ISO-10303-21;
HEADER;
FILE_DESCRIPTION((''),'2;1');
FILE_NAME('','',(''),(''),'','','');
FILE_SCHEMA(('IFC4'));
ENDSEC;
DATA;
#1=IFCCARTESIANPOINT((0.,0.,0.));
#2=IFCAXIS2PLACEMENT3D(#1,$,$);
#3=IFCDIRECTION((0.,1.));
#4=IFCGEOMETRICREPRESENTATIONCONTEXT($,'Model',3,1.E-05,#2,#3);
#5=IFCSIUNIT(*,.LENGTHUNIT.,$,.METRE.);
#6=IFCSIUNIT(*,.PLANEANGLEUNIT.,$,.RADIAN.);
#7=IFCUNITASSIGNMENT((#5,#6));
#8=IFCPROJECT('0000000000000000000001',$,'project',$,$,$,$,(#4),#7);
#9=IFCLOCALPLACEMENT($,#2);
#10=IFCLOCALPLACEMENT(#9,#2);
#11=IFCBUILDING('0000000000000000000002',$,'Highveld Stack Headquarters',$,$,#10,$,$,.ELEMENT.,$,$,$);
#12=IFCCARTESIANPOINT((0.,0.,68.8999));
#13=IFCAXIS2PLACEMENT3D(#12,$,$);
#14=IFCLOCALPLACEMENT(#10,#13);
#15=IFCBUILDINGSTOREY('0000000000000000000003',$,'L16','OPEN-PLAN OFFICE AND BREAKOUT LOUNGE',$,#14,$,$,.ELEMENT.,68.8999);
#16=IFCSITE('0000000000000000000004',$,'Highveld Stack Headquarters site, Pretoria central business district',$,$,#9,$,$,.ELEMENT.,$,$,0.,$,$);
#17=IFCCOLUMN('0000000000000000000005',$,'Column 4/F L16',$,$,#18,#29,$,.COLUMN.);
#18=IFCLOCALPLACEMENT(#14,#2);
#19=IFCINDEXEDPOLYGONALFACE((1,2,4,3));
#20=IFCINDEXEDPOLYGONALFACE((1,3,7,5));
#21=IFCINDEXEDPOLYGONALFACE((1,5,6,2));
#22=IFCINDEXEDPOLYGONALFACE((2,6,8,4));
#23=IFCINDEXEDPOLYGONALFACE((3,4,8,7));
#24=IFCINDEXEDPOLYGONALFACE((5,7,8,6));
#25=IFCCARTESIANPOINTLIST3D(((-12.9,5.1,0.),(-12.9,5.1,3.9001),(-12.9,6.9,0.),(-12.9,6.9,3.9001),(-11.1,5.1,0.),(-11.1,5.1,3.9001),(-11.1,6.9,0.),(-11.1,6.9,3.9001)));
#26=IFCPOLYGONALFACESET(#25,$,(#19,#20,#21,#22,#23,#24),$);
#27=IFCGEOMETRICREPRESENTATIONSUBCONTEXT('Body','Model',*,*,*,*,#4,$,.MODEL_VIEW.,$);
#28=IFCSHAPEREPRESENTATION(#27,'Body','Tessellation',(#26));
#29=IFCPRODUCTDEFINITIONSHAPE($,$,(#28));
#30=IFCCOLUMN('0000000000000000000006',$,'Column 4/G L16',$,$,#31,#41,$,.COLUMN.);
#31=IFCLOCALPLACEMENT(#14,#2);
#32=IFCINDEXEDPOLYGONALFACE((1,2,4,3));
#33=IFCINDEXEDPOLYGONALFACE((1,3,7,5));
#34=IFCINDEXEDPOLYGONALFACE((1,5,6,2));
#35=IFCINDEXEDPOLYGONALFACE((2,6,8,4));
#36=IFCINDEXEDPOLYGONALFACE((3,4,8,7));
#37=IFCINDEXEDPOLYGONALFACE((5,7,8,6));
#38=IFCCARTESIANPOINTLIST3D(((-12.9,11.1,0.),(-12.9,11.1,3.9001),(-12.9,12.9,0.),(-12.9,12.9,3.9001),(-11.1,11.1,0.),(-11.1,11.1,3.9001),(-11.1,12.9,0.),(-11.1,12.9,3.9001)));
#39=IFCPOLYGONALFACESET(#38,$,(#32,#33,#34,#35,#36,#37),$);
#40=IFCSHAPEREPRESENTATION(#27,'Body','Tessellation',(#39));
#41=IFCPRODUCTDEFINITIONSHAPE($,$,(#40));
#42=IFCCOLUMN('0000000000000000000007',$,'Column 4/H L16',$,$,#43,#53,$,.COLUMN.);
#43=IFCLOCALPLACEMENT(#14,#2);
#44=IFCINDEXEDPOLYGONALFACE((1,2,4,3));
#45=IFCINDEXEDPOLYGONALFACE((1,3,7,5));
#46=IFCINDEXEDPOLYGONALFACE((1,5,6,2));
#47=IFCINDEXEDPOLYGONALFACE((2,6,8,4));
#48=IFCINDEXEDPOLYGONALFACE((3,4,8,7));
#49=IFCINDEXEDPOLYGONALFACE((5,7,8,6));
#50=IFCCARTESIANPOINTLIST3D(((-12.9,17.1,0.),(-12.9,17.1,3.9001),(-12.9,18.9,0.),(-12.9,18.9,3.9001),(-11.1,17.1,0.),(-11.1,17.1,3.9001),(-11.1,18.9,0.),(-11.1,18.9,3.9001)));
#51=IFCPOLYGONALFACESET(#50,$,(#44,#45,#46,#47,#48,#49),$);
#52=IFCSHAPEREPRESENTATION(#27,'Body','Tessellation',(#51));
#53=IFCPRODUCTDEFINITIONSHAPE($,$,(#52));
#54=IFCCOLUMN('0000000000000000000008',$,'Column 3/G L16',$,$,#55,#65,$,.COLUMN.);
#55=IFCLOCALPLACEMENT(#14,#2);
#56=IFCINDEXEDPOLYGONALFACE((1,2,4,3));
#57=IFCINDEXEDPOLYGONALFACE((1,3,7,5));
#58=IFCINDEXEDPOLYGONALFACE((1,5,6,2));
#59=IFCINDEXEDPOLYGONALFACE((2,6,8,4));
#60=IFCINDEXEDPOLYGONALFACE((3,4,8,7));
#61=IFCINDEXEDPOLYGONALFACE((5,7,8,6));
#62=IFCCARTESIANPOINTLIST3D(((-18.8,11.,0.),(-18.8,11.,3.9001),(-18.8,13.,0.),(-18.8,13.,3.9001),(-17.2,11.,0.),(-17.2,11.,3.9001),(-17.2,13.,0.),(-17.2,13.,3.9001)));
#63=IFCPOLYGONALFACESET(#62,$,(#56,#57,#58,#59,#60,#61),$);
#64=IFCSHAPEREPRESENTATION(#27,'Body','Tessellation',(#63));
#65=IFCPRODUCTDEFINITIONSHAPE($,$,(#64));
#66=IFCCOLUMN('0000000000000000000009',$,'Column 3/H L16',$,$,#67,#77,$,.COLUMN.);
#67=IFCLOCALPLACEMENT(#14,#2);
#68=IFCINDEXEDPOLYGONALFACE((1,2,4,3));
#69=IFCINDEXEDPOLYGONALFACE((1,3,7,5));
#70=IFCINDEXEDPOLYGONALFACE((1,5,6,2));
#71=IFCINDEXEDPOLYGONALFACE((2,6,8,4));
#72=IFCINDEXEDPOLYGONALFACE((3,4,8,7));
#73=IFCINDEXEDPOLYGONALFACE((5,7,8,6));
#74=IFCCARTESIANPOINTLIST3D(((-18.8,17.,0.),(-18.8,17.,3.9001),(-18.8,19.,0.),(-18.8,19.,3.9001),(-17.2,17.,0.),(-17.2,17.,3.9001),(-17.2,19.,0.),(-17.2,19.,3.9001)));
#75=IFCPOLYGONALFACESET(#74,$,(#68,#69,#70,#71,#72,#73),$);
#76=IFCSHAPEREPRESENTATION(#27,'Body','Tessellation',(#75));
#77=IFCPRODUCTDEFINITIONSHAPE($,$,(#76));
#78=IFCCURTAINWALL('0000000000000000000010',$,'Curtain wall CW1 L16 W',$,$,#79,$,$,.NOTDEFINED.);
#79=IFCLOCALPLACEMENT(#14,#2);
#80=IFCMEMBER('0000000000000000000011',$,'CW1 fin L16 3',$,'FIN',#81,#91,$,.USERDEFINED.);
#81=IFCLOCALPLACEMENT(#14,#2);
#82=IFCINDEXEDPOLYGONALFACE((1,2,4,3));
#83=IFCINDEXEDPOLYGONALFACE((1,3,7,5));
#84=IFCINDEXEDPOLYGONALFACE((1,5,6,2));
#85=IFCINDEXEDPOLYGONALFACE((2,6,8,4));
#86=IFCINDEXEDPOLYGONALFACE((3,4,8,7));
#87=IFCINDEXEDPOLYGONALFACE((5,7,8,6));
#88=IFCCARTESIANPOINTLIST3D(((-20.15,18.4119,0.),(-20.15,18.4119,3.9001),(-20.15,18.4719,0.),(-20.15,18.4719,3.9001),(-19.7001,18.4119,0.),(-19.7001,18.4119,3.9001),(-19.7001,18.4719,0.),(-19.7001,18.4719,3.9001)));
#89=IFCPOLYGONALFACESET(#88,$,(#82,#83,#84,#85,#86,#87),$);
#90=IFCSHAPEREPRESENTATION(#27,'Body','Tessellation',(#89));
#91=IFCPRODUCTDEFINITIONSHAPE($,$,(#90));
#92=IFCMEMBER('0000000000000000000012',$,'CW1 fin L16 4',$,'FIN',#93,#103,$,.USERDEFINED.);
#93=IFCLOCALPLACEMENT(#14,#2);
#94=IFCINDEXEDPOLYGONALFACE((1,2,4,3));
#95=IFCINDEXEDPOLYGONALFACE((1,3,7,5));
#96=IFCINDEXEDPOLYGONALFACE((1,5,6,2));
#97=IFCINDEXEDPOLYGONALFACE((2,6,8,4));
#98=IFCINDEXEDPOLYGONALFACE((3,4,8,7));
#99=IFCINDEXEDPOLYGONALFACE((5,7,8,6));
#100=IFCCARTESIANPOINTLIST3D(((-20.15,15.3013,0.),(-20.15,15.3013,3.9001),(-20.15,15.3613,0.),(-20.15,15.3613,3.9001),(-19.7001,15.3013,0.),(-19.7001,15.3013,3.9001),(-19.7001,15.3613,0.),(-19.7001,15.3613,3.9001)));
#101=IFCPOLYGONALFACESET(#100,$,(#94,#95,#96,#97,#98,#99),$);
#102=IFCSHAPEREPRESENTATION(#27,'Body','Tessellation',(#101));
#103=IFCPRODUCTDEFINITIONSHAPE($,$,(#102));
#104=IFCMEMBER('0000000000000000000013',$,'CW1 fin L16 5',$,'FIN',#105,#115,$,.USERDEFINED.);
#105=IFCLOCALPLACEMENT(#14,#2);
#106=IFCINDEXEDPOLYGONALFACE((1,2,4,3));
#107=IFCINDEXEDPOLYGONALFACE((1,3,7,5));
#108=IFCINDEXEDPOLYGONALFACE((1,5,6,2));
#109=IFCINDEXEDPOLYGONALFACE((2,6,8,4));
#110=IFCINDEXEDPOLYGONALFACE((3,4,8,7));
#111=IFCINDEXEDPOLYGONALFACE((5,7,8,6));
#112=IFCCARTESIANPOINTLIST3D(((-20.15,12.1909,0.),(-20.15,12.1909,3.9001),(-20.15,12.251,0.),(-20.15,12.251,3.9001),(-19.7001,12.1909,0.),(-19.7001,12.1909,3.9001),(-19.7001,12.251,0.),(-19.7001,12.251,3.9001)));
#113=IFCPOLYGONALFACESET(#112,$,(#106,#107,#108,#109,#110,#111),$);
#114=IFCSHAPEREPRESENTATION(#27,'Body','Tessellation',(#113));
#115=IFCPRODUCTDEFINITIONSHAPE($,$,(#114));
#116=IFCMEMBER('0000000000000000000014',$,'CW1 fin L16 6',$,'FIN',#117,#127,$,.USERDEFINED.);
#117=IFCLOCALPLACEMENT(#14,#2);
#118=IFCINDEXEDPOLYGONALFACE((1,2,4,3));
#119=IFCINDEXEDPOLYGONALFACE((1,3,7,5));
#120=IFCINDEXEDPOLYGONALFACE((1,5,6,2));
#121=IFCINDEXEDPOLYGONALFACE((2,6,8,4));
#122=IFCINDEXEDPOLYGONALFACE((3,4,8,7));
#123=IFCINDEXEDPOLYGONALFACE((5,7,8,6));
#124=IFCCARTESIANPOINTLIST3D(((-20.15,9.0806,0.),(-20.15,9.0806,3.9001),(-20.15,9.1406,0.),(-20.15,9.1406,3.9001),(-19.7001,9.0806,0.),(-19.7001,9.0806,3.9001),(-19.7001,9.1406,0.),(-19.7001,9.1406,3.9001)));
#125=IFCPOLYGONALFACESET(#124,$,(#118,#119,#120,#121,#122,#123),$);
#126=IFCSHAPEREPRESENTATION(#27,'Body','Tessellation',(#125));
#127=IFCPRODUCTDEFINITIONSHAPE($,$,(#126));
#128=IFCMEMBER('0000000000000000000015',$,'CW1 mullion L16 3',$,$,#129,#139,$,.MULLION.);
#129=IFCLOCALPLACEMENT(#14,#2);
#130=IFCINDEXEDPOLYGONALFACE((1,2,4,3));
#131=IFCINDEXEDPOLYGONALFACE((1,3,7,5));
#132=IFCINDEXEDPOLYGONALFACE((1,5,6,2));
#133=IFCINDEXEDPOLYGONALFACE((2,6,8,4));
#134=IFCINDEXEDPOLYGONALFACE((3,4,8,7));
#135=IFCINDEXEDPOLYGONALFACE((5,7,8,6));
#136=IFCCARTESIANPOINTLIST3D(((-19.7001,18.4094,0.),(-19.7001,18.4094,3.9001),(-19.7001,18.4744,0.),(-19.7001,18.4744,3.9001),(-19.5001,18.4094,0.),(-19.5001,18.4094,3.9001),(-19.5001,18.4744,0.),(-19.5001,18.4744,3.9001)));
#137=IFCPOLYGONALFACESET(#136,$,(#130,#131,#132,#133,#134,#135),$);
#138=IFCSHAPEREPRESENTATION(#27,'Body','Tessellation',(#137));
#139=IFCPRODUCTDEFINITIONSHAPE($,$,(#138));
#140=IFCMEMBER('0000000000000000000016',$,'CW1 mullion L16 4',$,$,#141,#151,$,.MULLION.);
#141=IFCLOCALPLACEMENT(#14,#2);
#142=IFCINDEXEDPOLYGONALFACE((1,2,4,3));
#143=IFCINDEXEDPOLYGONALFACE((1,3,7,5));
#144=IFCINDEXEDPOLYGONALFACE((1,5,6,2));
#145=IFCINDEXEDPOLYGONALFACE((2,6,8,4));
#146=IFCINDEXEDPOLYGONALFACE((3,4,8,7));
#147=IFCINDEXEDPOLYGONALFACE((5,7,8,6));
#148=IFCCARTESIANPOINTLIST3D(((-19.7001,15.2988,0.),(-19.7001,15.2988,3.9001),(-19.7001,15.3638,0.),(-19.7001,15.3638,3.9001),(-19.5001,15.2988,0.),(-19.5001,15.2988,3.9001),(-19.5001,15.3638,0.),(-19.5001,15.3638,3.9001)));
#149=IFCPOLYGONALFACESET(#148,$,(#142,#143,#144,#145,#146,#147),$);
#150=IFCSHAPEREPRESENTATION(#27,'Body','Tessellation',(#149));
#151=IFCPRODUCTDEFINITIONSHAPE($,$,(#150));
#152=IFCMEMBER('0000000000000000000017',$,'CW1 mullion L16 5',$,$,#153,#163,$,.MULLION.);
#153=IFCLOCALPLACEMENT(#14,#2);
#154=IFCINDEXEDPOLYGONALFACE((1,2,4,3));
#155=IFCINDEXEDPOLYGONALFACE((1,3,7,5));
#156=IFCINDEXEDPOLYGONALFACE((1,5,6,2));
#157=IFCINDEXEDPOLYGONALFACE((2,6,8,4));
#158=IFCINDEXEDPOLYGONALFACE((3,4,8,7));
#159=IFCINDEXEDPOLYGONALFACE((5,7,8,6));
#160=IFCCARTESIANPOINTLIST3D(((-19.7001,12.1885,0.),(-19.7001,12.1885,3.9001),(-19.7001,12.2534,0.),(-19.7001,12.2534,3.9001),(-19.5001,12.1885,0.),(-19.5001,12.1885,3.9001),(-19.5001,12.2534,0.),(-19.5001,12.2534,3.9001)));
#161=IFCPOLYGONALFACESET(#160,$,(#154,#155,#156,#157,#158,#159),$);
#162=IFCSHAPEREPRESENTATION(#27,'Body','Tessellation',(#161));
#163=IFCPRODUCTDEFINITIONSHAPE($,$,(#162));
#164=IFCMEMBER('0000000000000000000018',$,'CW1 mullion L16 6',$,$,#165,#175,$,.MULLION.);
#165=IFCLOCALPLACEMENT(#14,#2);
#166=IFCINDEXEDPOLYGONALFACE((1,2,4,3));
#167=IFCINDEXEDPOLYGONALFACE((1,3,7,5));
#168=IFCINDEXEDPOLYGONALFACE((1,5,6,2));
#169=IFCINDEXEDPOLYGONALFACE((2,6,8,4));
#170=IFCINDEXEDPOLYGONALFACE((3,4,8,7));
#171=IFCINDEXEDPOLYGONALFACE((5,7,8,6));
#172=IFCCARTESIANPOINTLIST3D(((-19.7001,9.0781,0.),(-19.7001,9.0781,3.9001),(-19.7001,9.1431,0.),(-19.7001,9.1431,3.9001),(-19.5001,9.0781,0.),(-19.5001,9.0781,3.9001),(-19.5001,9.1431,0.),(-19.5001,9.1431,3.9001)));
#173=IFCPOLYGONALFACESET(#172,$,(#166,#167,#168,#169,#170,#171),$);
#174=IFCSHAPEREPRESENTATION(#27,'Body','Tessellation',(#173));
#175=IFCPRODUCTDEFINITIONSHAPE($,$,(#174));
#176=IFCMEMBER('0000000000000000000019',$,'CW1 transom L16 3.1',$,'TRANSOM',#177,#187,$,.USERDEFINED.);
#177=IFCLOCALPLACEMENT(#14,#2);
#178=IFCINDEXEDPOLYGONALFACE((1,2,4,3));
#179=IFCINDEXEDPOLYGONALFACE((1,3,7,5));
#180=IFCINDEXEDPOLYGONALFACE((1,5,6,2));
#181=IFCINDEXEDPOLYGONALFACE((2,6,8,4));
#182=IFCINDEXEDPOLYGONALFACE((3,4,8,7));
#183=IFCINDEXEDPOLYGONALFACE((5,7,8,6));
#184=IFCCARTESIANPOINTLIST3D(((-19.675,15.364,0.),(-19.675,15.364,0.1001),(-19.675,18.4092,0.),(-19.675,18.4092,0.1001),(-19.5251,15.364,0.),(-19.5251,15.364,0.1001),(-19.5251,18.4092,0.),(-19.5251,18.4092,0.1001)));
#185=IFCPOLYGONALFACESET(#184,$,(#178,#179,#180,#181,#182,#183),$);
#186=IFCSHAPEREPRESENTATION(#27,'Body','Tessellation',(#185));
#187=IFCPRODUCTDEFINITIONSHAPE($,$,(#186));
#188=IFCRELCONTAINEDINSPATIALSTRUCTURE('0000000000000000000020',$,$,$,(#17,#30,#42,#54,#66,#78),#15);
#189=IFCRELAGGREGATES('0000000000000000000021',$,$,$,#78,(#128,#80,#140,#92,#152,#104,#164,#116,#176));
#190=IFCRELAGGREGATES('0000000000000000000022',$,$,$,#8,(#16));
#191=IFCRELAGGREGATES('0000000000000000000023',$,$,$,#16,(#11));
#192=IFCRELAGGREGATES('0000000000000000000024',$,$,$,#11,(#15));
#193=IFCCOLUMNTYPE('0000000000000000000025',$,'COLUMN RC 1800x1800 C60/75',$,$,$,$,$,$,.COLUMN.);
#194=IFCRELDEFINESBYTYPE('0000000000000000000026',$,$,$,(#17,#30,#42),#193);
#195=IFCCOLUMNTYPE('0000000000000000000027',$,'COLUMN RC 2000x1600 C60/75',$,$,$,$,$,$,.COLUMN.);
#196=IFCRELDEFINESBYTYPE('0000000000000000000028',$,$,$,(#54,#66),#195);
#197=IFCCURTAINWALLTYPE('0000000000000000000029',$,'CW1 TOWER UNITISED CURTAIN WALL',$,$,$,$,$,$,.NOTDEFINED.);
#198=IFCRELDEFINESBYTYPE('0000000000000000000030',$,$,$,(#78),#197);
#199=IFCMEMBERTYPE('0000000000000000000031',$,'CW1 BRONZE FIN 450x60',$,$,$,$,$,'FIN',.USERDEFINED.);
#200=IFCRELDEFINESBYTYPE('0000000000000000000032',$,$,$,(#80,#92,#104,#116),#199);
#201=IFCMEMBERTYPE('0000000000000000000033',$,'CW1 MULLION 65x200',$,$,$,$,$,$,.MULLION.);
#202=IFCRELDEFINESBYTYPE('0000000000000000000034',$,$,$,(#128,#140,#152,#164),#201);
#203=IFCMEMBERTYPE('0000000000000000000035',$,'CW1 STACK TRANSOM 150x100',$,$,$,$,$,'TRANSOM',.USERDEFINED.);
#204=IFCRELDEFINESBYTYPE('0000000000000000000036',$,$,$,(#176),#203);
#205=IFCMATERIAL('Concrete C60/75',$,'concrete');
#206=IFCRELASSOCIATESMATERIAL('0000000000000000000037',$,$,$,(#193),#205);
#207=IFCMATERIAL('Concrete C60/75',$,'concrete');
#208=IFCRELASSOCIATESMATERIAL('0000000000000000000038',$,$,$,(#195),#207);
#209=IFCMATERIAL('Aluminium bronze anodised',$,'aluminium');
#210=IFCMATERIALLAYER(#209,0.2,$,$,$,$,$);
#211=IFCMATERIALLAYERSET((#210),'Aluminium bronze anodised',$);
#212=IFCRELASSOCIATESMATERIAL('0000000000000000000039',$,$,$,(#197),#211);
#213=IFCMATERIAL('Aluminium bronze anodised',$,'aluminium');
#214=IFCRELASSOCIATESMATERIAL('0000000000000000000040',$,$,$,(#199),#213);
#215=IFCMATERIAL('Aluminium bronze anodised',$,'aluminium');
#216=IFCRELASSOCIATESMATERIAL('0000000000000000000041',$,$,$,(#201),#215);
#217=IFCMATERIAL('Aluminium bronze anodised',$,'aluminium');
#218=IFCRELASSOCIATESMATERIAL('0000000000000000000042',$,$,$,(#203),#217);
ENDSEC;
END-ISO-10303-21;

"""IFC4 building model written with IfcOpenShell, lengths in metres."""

from ifc_helpers import new_model, si_unit, direction, frame, origin, origin_2d, place, context, subcontext, project, spatial, rectangle, extrude, material, layer, layer_set, material_profile, profile_set, type_object, element, aggregate, save


model = new_model("IFC4")

# Units and contexts
model_context = context("Model", 3, precision=1e-05, world=origin(), true_north=direction((0.0, 1.0)))
body_context = subcontext(model_context, "Body", "Model", "MODEL_VIEW")
ifc_project = project(units=[si_unit("LENGTHUNIT", "METRE"), si_unit("PLANEANGLEUNIT", "RADIAN")], contexts=[model_context])

# Site, building, storey
site_placement = place(None, origin())
site = spatial("IfcSite", under=ifc_project, at=site_placement, Name="Highveld Stack Headquarters site, Pretoria central business district", CompositionType="ELEMENT", RefElevation=0.0)
building_placement = place(site_placement, origin())
building = spatial("IfcBuilding", under=site, at=building_placement, Name="Highveld Stack Headquarters", CompositionType="ELEMENT")
storey_placement = place(building_placement, frame((0.0, 0.0, 68.8999)))
storey = spatial("IfcBuildingStorey", under=building, at=storey_placement, Name="L16", Description="OPEN-PLAN OFFICE AND BREAKOUT LOUNGE", CompositionType="ELEMENT", Elevation=68.8999)

# Columns
ifc_material_1 = material(Name="Concrete C60/75", Category="concrete")
ifc_material_profile_1 = material_profile(ifc_material_1, rectangle(XDim=1.8, YDim=1.8, at=origin_2d()), Name="RC 1800x1800")
ifc_profile_set_1 = profile_set([ifc_material_profile_1], Name="Concrete C60/75")
column_type_1 = type_object("IfcColumnType", Name="COLUMN RC 1800x1800 C60/75", PredefinedType="COLUMN", material=ifc_profile_set_1)
for number, where, z_axis, x_axis, name in (
    (1, (-12.0, 6.0, 0.0), (0.0, 0.0, 1.0), (1.0, 0.0, 0.0), "Column 4/F L16"),
    (2, (-12.0, 12.0, 0.0), (0.0, 0.0, 1.0), (1.0, 0.0, 0.0), "Column 4/G L16"),
    (3, (-12.0, 18.0, 0.0), (0.0, 0.0, 1.0), (1.0, 0.0, 0.0), "Column 4/H L16"),
):
    element("IfcColumn", number, at=place(storey_placement, frame(where, z_axis=z_axis, x_axis=x_axis)), inside=storey, type_object=column_type_1, Name=name, PredefinedType="COLUMN", context=body_context, shape_type="SweptSolid", body=[
        extrude(rectangle(XDim=1.8, YDim=1.8, at=origin_2d()), origin(), (0.0, 0.0, 1.0), 3.9001),
    ])
ifc_material_2 = material(Name="Concrete C60/75", Category="concrete")
ifc_material_profile_2 = material_profile(ifc_material_2, rectangle(XDim=2.0, YDim=1.6001, at=origin_2d()), Name="RC 2000x1600")
ifc_profile_set_2 = profile_set([ifc_material_profile_2], Name="Concrete C60/75")
column_type_2 = type_object("IfcColumnType", Name="COLUMN RC 2000x1600 C60/75", PredefinedType="COLUMN", material=ifc_profile_set_2)
for number, where, z_axis, x_axis, name in (
    (4, (-18.0, 12.0, 0.0), (0.0, 0.0, 1.0), (0.0, 1.0, 0.0), "Column 3/G L16"),
    (5, (-18.0, 18.0, 0.0), (0.0, 0.0, 1.0), (0.0, 1.0, 0.0), "Column 3/H L16"),
):
    element("IfcColumn", number, at=place(storey_placement, frame(where, z_axis=z_axis, x_axis=x_axis)), inside=storey, type_object=column_type_2, Name=name, PredefinedType="COLUMN", context=body_context, shape_type="SweptSolid", body=[
        extrude(rectangle(XDim=2.0, YDim=1.6001, at=origin_2d()), origin(), (0.0, 0.0, 1.0), 3.9001),
    ])

# Curtain wall, members
ifc_material_3 = material(Name="Aluminium bronze anodised", Category="aluminium")
ifc_layer_1 = layer(ifc_material_3, 0.2)
ifc_layer_set_1 = layer_set([ifc_layer_1], Name="Aluminium bronze anodised")
curtain_wall_type = type_object("IfcCurtainWallType", Name="CW1 TOWER UNITISED CURTAIN WALL", PredefinedType="NOTDEFINED", material=ifc_layer_set_1)
curtain_wall_placement = place(storey_placement, origin())
curtain_wall = element("IfcCurtainWall", 6, at=curtain_wall_placement, inside=storey, type_object=curtain_wall_type, Name="Curtain wall CW1 L16 W", PredefinedType="NOTDEFINED")
ifc_material_4 = material(Name="Aluminium bronze anodised", Category="aluminium")
ifc_material_profile_3 = material_profile(ifc_material_4, rectangle(XDim=0.45, YDim=0.0601, at=origin_2d()), Name="FIN 450x60")
ifc_profile_set_3 = profile_set([ifc_material_profile_3], Name="Aluminium bronze anodised")
member_type_1 = type_object("IfcMemberType", Name="CW1 BRONZE FIN 450x60", ElementType="FIN", PredefinedType="USERDEFINED", material=ifc_profile_set_3)
member_1_placement = place(storey_placement, frame((-19.925, 18.4419, 0.0), z_axis=(0.0, 0.0, 1.0), x_axis=(1.0, 0.0, 0.0)))
member_1 = element("IfcMember", 7, at=member_1_placement, type_object=member_type_1, Name="CW1 fin L16 3", ObjectType="FIN", PredefinedType="USERDEFINED", context=body_context, shape_type="SweptSolid", body=[
    extrude(rectangle(XDim=0.45, YDim=0.0601, at=origin_2d()), origin(), (0.0, 0.0, 1.0), 3.9001),
])
member_2_placement = place(storey_placement, frame((-19.925, 15.3313, 0.0), z_axis=(0.0, 0.0, 1.0), x_axis=(1.0, 0.0, 0.0)))
member_2 = element("IfcMember", 8, at=member_2_placement, type_object=member_type_1, Name="CW1 fin L16 4", ObjectType="FIN", PredefinedType="USERDEFINED", context=body_context, shape_type="SweptSolid", body=[
    extrude(rectangle(XDim=0.45, YDim=0.0601, at=origin_2d()), origin(), (0.0, 0.0, 1.0), 3.9001),
])
member_3_placement = place(storey_placement, frame((-19.925, 12.2209, 0.0), z_axis=(0.0, 0.0, 1.0), x_axis=(1.0, 0.0, 0.0)))
member_3 = element("IfcMember", 9, at=member_3_placement, type_object=member_type_1, Name="CW1 fin L16 5", ObjectType="FIN", PredefinedType="USERDEFINED", context=body_context, shape_type="SweptSolid", body=[
    extrude(rectangle(XDim=0.45, YDim=0.0601, at=origin_2d()), origin(), (0.0, 0.0, 1.0), 3.9001),
])
member_4_placement = place(storey_placement, frame((-19.925, 9.1106, 0.0), z_axis=(0.0, 0.0, 1.0), x_axis=(1.0, 0.0, 0.0)))
member_4 = element("IfcMember", 10, at=member_4_placement, type_object=member_type_1, Name="CW1 fin L16 6", ObjectType="FIN", PredefinedType="USERDEFINED", context=body_context, shape_type="SweptSolid", body=[
    extrude(rectangle(XDim=0.45, YDim=0.0601, at=origin_2d()), origin(), (0.0, 0.0, 1.0), 3.9001),
])
ifc_material_5 = material(Name="Aluminium bronze anodised", Category="aluminium")
ifc_material_profile_4 = material_profile(ifc_material_5, rectangle(XDim=0.2, YDim=0.0649, at=origin_2d()), Name="CW1 MULLION 65x200")
ifc_profile_set_4 = profile_set([ifc_material_profile_4], Name="Aluminium bronze anodised")
member_type_2 = type_object("IfcMemberType", Name="CW1 MULLION 65x200", PredefinedType="MULLION", material=ifc_profile_set_4)
member_5_placement = place(storey_placement, frame((-19.6001, 18.4419, 0.0), z_axis=(0.0, 0.0, 1.0), x_axis=(1.0, 0.0, 0.0)))
member_5 = element("IfcMember", 11, at=member_5_placement, type_object=member_type_2, Name="CW1 mullion L16 3", PredefinedType="MULLION", context=body_context, shape_type="SweptSolid", body=[
    extrude(rectangle(XDim=0.2, YDim=0.0649, at=origin_2d()), origin(), (0.0, 0.0, 1.0), 3.9001),
])
member_6_placement = place(storey_placement, frame((-19.6001, 15.3313, 0.0), z_axis=(0.0, 0.0, 1.0), x_axis=(1.0, 0.0, 0.0)))
member_6 = element("IfcMember", 12, at=member_6_placement, type_object=member_type_2, Name="CW1 mullion L16 4", PredefinedType="MULLION", context=body_context, shape_type="SweptSolid", body=[
    extrude(rectangle(XDim=0.2, YDim=0.0649, at=origin_2d()), origin(), (0.0, 0.0, 1.0), 3.9001),
])
member_7_placement = place(storey_placement, frame((-19.6001, 12.2209, 0.0), z_axis=(0.0, 0.0, 1.0), x_axis=(1.0, 0.0, 0.0)))
member_7 = element("IfcMember", 13, at=member_7_placement, type_object=member_type_2, Name="CW1 mullion L16 5", PredefinedType="MULLION", context=body_context, shape_type="SweptSolid", body=[
    extrude(rectangle(XDim=0.2, YDim=0.0649, at=origin_2d()), origin(), (0.0, 0.0, 1.0), 3.9001),
])
member_8_placement = place(storey_placement, frame((-19.6001, 9.1106, 0.0), z_axis=(0.0, 0.0, 1.0), x_axis=(1.0, 0.0, 0.0)))
member_8 = element("IfcMember", 14, at=member_8_placement, type_object=member_type_2, Name="CW1 mullion L16 6", PredefinedType="MULLION", context=body_context, shape_type="SweptSolid", body=[
    extrude(rectangle(XDim=0.2, YDim=0.0649, at=origin_2d()), origin(), (0.0, 0.0, 1.0), 3.9001),
])
ifc_material_6 = material(Name="Aluminium bronze anodised", Category="aluminium")
ifc_material_profile_5 = material_profile(ifc_material_6, rectangle(XDim=0.1499, YDim=0.1001, at=origin_2d()), Name="CW1 TRANSOM 150x100")
ifc_profile_set_5 = profile_set([ifc_material_profile_5], Name="Aluminium bronze anodised")
member_type_3 = type_object("IfcMemberType", Name="CW1 STACK TRANSOM 150x100", ElementType="TRANSOM", PredefinedType="USERDEFINED", material=ifc_profile_set_5)
member_9_placement = place(storey_placement, frame((-19.6001, 18.4092, 0.05), z_axis=(0.0, -1.0, 0.0), x_axis=(1.0, 0.0, 0.0)))
member_9 = element("IfcMember", 15, at=member_9_placement, type_object=member_type_3, Name="CW1 transom L16 3.1", ObjectType="TRANSOM", PredefinedType="USERDEFINED", context=body_context, shape_type="SweptSolid", body=[
    extrude(rectangle(XDim=0.1499, YDim=0.1001, at=origin_2d()), origin(), (0.0, 0.0, 1.0), 3.0452),
])
aggregate(curtain_wall, [member_5, member_1, member_6, member_2, member_7, member_3, member_8, member_4, member_9])

save(model, "model.ifc")
